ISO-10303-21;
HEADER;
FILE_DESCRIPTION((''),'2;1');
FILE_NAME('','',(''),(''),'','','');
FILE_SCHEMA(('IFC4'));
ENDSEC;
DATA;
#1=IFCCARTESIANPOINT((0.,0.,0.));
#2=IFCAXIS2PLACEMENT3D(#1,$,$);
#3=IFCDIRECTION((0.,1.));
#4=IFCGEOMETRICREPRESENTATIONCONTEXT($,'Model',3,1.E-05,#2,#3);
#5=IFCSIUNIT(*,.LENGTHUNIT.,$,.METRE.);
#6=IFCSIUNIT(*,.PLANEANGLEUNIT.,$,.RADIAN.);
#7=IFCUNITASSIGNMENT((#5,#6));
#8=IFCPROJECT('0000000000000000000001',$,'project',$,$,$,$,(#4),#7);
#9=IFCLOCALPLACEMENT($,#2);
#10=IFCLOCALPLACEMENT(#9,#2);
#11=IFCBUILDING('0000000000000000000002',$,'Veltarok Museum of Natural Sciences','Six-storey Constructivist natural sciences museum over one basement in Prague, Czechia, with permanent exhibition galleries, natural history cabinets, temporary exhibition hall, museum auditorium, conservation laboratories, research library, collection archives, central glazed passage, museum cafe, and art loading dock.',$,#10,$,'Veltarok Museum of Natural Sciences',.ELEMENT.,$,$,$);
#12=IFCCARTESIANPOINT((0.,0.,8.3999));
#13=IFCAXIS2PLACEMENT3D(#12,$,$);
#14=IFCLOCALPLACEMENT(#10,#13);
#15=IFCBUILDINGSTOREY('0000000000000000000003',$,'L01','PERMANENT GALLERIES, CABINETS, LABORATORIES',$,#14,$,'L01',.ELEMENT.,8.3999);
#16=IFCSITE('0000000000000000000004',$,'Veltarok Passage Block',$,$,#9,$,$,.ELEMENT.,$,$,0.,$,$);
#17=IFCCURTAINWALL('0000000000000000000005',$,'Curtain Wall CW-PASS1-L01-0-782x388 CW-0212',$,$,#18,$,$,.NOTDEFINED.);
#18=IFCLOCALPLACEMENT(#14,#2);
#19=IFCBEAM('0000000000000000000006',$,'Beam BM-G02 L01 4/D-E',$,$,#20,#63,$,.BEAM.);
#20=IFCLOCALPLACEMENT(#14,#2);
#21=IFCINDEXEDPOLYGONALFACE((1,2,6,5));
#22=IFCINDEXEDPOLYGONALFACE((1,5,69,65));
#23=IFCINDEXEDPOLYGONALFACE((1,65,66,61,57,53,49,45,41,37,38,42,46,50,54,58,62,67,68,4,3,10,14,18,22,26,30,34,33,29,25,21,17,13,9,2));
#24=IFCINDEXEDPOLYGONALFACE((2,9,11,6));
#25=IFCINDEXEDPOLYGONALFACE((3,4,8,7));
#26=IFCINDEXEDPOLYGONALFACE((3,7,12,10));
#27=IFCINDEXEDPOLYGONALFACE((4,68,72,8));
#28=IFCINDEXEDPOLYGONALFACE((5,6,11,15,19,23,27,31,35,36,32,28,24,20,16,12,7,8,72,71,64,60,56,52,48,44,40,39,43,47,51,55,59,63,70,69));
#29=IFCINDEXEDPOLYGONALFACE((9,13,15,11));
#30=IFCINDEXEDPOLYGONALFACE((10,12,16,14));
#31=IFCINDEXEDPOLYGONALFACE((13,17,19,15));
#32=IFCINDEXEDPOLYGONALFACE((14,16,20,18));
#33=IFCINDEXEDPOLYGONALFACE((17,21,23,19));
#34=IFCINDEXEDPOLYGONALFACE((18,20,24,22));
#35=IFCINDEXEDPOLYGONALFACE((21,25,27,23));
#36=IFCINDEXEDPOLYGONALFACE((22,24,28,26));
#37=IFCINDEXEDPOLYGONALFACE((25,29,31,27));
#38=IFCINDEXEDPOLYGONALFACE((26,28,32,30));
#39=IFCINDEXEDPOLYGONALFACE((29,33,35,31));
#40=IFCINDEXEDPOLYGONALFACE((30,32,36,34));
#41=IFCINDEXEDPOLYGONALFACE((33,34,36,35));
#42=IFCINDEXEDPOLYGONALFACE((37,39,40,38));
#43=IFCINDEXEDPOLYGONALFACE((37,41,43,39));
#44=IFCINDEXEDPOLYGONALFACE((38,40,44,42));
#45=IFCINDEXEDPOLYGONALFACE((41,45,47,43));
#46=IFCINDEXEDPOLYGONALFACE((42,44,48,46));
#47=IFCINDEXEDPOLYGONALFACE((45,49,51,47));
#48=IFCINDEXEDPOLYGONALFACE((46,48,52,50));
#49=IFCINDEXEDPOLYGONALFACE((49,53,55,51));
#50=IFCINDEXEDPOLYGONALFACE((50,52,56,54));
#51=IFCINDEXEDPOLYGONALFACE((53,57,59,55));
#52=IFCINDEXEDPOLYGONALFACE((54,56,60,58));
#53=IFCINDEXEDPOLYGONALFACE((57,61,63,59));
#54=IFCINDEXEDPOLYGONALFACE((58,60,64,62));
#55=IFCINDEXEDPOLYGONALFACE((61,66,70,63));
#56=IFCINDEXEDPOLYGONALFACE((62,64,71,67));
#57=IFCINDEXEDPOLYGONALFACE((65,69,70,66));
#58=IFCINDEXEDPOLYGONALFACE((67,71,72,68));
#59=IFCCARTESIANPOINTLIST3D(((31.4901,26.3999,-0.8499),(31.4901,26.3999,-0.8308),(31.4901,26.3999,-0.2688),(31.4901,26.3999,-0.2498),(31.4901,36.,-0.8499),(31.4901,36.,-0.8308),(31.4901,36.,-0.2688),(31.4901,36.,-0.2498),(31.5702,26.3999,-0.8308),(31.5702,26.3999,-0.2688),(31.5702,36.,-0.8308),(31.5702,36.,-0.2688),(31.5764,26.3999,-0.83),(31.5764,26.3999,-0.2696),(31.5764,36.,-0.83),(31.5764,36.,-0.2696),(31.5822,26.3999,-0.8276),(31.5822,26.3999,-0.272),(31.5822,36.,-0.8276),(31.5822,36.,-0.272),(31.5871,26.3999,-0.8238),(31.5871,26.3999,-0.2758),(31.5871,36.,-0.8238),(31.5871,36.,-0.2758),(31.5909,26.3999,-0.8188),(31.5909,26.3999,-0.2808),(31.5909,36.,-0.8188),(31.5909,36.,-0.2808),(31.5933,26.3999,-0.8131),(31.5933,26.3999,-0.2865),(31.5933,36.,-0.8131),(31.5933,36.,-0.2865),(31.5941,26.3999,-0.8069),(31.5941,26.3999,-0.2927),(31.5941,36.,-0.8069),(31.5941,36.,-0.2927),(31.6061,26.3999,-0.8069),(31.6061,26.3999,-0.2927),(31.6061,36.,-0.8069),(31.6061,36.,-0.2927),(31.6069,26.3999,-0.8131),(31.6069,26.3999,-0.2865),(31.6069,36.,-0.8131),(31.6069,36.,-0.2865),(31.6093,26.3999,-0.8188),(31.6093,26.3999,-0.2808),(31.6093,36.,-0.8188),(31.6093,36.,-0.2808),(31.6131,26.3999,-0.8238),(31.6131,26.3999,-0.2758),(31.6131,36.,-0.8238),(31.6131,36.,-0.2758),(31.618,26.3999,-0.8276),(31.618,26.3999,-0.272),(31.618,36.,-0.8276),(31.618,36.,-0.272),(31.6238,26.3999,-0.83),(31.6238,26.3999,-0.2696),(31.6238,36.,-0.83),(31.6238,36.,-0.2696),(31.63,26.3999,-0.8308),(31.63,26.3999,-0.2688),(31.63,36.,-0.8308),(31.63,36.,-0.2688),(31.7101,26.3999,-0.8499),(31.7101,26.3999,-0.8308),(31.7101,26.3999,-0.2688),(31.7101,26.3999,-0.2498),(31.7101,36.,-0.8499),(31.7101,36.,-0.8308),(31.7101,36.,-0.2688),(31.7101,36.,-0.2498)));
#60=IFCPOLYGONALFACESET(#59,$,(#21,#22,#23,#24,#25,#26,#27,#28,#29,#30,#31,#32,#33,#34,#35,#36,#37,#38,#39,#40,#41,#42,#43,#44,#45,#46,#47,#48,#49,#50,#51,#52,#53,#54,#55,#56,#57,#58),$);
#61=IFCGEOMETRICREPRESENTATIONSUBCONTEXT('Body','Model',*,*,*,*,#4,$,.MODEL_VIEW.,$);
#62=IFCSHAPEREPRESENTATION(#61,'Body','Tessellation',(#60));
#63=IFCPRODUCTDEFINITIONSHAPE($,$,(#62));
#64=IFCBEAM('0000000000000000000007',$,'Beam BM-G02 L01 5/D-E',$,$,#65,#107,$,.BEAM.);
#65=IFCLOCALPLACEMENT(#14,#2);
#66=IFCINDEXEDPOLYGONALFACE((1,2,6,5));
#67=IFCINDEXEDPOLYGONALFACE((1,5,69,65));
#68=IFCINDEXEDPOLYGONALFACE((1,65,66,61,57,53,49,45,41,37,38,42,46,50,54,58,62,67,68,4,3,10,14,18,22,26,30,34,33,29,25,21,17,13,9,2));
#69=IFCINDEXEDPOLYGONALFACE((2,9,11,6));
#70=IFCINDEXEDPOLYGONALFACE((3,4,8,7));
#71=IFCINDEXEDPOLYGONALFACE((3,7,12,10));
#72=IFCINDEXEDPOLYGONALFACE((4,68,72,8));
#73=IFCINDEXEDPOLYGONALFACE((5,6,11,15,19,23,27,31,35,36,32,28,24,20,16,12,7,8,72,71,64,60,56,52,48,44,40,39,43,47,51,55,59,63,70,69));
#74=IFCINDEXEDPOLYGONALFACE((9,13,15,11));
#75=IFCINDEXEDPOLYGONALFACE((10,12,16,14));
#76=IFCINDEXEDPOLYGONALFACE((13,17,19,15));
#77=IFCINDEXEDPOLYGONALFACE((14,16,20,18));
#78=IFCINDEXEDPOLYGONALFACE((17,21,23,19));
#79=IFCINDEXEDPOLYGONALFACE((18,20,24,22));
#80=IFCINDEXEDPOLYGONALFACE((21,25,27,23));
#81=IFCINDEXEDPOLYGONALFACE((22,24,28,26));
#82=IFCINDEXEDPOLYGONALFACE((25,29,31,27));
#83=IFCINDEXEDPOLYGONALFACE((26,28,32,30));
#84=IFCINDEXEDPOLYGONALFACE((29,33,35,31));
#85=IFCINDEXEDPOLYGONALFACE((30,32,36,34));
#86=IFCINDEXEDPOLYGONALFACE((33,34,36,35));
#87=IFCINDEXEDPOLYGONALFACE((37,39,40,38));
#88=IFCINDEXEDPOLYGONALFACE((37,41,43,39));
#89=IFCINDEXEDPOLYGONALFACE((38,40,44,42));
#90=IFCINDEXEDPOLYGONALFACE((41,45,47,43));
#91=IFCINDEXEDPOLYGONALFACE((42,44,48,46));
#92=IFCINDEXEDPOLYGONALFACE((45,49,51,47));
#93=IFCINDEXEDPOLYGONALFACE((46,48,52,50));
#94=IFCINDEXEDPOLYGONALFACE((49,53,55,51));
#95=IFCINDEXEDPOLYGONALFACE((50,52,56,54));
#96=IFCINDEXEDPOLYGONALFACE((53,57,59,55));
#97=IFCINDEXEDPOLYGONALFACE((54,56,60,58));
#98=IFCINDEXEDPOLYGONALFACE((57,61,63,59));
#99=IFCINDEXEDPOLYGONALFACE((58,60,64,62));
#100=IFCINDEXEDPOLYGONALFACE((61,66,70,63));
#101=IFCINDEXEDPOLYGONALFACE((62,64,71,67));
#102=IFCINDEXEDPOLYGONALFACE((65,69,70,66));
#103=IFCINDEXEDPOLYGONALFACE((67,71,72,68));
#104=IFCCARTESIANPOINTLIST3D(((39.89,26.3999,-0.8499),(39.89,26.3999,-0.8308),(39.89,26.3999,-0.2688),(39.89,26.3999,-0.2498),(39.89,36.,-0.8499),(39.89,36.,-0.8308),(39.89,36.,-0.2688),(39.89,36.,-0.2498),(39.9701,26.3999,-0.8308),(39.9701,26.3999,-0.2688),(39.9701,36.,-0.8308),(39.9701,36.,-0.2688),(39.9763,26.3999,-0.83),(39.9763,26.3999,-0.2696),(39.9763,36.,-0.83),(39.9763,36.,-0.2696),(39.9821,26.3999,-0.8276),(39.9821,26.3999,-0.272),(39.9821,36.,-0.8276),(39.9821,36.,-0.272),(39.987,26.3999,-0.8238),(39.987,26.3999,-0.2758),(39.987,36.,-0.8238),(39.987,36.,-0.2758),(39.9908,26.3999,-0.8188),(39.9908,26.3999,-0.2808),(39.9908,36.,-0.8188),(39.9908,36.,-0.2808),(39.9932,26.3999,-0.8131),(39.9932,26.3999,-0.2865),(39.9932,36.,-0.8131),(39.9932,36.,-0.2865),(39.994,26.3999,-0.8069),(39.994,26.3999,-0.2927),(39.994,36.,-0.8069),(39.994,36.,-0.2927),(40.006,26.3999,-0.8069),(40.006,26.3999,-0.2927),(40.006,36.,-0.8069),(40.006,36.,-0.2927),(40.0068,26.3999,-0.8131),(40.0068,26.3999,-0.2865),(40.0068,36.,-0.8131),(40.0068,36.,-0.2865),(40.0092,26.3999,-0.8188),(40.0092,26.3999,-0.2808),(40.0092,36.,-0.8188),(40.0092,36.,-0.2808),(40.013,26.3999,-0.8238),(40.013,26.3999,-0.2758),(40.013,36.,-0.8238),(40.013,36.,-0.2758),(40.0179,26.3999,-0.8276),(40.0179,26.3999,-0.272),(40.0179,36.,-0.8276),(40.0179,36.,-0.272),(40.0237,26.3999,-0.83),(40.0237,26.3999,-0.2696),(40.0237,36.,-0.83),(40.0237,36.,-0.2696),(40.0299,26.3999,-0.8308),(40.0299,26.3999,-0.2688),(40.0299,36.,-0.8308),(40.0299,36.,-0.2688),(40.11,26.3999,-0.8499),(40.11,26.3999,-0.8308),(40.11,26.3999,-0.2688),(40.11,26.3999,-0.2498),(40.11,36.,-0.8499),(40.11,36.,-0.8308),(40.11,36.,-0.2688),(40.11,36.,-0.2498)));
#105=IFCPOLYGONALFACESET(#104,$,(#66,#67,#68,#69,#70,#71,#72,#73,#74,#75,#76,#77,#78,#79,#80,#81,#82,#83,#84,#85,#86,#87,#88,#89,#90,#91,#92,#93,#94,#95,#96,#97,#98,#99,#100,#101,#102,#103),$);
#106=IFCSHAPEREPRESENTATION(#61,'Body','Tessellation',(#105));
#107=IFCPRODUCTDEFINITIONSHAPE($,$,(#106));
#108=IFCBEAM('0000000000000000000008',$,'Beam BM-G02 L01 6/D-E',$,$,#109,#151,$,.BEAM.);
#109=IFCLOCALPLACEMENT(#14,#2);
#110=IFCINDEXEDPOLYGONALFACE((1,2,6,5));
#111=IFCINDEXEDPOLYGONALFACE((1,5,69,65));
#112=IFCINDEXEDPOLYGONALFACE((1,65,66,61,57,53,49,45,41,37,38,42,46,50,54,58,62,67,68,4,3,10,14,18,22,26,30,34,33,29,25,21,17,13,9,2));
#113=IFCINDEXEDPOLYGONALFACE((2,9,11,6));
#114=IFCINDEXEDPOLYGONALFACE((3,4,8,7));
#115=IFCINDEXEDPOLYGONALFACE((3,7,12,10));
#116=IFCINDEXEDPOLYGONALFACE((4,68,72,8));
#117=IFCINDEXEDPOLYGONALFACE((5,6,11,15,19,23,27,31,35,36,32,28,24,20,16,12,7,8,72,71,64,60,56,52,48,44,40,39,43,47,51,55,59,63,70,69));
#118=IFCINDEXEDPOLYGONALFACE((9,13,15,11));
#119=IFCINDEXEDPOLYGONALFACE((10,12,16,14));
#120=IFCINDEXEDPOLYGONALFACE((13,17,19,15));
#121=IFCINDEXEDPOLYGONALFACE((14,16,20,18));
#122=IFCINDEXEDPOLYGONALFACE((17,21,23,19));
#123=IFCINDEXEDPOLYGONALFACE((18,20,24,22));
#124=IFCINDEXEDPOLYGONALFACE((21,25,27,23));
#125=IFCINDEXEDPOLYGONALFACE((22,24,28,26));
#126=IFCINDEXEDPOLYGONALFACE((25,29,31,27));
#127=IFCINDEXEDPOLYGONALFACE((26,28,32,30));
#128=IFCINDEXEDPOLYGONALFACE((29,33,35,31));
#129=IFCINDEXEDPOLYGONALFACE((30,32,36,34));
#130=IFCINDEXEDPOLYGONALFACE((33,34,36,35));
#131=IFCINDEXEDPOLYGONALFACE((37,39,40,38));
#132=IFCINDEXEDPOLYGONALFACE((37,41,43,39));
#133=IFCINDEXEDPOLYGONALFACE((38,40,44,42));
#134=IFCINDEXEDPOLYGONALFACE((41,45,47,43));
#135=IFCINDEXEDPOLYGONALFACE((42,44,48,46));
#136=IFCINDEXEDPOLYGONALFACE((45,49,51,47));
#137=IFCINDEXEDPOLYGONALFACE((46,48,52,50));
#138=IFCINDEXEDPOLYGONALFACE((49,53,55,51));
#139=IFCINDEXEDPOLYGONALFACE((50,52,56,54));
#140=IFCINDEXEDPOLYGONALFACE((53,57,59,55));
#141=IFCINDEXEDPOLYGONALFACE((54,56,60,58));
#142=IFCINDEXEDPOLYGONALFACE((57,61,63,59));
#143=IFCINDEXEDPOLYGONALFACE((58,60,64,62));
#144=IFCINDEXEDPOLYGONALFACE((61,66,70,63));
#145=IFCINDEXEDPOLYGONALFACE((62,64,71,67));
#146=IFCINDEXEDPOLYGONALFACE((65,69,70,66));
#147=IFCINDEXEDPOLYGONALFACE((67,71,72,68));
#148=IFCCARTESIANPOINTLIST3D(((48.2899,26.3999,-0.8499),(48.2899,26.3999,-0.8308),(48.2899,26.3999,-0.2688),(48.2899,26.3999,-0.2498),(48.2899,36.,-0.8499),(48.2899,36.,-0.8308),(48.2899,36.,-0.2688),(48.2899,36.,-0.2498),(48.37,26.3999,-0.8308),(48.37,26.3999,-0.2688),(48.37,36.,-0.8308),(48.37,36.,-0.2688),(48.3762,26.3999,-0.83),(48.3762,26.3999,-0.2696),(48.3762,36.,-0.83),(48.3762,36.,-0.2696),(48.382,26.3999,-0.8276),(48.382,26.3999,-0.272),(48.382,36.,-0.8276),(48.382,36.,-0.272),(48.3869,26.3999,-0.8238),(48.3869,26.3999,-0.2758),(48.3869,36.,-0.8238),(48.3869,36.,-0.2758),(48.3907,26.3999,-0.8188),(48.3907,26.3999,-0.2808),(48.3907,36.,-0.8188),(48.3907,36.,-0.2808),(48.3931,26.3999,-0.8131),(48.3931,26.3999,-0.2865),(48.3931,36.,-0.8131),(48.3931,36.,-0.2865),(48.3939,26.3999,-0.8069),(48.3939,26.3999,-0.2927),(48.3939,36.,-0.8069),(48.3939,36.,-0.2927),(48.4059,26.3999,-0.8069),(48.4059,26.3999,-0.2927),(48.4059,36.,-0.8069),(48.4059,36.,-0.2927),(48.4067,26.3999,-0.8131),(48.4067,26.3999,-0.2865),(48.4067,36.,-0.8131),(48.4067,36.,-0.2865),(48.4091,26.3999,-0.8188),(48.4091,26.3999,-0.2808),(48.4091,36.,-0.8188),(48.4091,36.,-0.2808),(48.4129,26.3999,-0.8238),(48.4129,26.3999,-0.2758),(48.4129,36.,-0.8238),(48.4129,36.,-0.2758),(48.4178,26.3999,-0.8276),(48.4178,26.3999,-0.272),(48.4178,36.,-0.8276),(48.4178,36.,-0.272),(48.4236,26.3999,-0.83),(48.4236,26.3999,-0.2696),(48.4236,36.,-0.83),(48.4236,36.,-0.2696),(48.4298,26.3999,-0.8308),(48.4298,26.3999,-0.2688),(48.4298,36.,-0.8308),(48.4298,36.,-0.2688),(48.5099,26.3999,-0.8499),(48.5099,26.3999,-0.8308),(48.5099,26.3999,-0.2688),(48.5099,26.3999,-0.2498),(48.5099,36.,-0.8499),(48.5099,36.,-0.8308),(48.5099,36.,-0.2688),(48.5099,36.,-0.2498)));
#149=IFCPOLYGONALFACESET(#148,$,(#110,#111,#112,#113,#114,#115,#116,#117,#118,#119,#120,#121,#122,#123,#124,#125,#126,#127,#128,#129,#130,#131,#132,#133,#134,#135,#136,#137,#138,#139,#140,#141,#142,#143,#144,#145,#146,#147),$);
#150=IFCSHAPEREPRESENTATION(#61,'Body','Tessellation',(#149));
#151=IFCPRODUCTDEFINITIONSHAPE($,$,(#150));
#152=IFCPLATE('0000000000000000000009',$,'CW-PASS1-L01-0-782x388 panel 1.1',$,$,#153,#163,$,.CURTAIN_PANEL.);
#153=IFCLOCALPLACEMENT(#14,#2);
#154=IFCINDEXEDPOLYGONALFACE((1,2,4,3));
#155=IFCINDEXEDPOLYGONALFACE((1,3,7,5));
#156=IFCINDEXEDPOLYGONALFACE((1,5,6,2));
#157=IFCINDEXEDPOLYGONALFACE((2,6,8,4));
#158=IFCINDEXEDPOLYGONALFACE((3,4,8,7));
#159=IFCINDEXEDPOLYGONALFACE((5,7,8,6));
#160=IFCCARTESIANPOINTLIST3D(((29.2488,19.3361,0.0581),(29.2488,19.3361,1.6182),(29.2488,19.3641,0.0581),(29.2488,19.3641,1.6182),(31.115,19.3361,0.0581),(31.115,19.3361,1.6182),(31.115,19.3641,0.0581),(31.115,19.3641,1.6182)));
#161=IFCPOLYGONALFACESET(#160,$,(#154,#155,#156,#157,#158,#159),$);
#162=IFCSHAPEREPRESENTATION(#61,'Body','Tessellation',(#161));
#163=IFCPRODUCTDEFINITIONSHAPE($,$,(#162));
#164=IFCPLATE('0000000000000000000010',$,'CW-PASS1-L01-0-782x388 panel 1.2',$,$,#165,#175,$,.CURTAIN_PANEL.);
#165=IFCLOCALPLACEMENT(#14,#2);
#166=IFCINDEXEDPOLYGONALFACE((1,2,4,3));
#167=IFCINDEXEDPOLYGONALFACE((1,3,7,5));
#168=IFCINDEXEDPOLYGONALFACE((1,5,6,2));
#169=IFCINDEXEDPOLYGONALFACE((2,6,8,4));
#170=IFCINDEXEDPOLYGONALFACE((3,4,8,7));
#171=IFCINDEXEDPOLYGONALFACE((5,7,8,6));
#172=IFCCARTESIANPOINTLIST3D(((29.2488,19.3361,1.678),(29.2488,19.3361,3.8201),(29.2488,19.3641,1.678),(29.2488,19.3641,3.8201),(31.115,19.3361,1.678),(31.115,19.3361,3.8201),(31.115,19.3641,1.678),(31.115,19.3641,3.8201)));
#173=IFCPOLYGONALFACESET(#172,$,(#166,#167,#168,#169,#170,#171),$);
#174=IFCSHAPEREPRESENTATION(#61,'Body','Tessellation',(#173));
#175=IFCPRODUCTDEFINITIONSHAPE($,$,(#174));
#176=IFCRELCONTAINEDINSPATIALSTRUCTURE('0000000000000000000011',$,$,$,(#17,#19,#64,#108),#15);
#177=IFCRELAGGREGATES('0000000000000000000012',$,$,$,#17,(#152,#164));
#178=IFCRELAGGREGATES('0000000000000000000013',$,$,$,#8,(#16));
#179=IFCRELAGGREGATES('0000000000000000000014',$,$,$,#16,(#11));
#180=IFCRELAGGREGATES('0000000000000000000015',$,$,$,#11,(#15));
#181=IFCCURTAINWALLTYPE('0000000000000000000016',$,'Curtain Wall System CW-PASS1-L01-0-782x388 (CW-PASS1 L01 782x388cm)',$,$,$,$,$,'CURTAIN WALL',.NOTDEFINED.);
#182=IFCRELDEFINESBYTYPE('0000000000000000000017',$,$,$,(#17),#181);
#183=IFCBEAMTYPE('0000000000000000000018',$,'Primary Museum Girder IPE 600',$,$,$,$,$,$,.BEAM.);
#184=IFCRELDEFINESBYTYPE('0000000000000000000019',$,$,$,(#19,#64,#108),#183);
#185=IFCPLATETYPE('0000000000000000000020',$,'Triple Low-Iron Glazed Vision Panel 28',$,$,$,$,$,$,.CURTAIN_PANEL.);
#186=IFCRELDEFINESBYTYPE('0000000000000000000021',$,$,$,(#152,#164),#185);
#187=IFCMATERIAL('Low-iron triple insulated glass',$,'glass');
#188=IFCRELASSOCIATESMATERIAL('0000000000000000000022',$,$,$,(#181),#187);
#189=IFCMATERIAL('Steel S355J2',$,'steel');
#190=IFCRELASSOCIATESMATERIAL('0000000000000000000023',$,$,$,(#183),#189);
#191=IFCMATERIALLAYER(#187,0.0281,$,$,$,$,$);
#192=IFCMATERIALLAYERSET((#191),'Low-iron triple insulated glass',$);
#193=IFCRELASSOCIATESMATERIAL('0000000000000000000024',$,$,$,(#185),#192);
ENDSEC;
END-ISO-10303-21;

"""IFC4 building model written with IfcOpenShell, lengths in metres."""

from ifc_helpers import new_model, si_unit, direction, frame, origin, origin_2d, place, context, subcontext, project, spatial, rectangle, i_section, extrude, material, layer, layer_set, material_profile, profile_set, type_object, element, aggregate, save


model = new_model("IFC4")

# Units and contexts
model_context = context("Model", 3, precision=1e-05, world=origin(), true_north=direction((0.0, 1.0)))
body_context = subcontext(model_context, "Body", "Model", "MODEL_VIEW")
ifc_project = project(units=[si_unit("LENGTHUNIT", "METRE"), si_unit("PLANEANGLEUNIT", "RADIAN")], contexts=[model_context])

# Site, building, storey
site_placement = place(None, origin())
site = spatial("IfcSite", under=ifc_project, at=site_placement, Name="Veltarok Passage Block", CompositionType="ELEMENT", RefElevation=0.0)
building_placement = place(site_placement, origin())
building = spatial("IfcBuilding", under=site, at=building_placement, Name="Veltarok Museum of Natural Sciences", Description="Six-storey Constructivist natural sciences museum over one basement in Prague, Czechia, with permanent exhibition galleries, natural history cabinets, temporary exhibition hall, museum auditorium, conservation laboratories, research library, collection archives, central glazed passage, museum cafe, and art loading dock.", LongName="Veltarok Museum of Natural Sciences", CompositionType="ELEMENT")
storey_placement = place(building_placement, frame((0.0, 0.0, 8.3999)))
storey = spatial("IfcBuildingStorey", under=building, at=storey_placement, Name="L01", Description="PERMANENT GALLERIES, CABINETS, LABORATORIES", LongName="L01", CompositionType="ELEMENT", Elevation=8.3999)

# Shared definitions
ifc_material_1 = material(Name="Steel S355J2", Category="steel")

# Curtain wall
ifc_material_2 = material(Name="Low-iron triple insulated glass", Category="glass")
curtain_wall_type = type_object("IfcCurtainWallType", Name="Curtain Wall System CW-PASS1-L01-0-782x388 (CW-PASS1 L01 782x388cm)", ElementType="CURTAIN WALL", PredefinedType="NOTDEFINED", material=ifc_material_2)
curtain_wall_placement = place(storey_placement, origin())
curtain_wall = element("IfcCurtainWall", 1, at=curtain_wall_placement, inside=storey, type_object=curtain_wall_type, Name="Curtain Wall CW-PASS1-L01-0-782x388 CW-0212", PredefinedType="NOTDEFINED")

# Beams
ifc_material_profile_1 = material_profile(ifc_material_1, i_section(OverallWidth=0.22, OverallDepth=0.6001, WebThickness=0.012, FlangeThickness=0.019, FilletRadius=0.0239, at=origin_2d()), Name="IPE 600")
ifc_profile_set_1 = profile_set([ifc_material_profile_1], Name="Steel S355J2")
beam_type_1 = type_object("IfcBeamType", Name="Primary Museum Girder IPE 600", PredefinedType="BEAM", material=ifc_profile_set_1)
for number, where, z_axis, x_axis, name in (
    (2, (31.6001, 26.3999, -0.5498), (0.0, 1.0, 0.0), (-1.0, 0.0, 0.0), "Beam BM-G02 L01 4/D-E"),
    (3, (40.0, 26.3999, -0.5498), (0.0, 1.0, 0.0), (-1.0, 0.0, 0.0), "Beam BM-G02 L01 5/D-E"),
    (4, (48.3999, 26.3999, -0.5498), (0.0, 1.0, 0.0), (-1.0, 0.0, 0.0), "Beam BM-G02 L01 6/D-E"),
):
    element("IfcBeam", number, at=place(storey_placement, frame(where, z_axis=z_axis, x_axis=x_axis)), inside=storey, type_object=beam_type_1, Name=name, PredefinedType="BEAM", context=body_context, shape_type="SweptSolid", body=[
        extrude(i_section(OverallWidth=0.22, OverallDepth=0.6001, WebThickness=0.012, FlangeThickness=0.019, FilletRadius=0.0239, at=origin_2d()), origin(), (0.0, 0.0, 1.0), 9.6001),
    ])

# Plates
ifc_layer = layer(ifc_material_2, 0.0281)
ifc_layer_set = layer_set([ifc_layer], Name="Low-iron triple insulated glass")
plate_type = type_object("IfcPlateType", Name="Triple Low-Iron Glazed Vision Panel 28", PredefinedType="CURTAIN_PANEL", material=ifc_layer_set)
plate_1_placement = place(storey_placement, frame((30.1819, 19.3501, 0.0581), z_axis=(0.0, 0.0, 1.0), x_axis=(-1.0, 0.0, 0.0)))
plate_1 = element("IfcPlate", 5, at=plate_1_placement, type_object=plate_type, Name="CW-PASS1-L01-0-782x388 panel 1.1", PredefinedType="CURTAIN_PANEL", context=body_context, shape_type="SweptSolid", body=[
    extrude(rectangle(XDim=1.8662, YDim=0.0281, at=origin_2d()), origin(), (0.0, 0.0, 1.0), 1.5601),
])
plate_2_placement = place(storey_placement, frame((30.1819, 19.3501, 1.678), z_axis=(0.0, 0.0, 1.0), x_axis=(-1.0, 0.0, 0.0)))
plate_2 = element("IfcPlate", 6, at=plate_2_placement, type_object=plate_type, Name="CW-PASS1-L01-0-782x388 panel 1.2", PredefinedType="CURTAIN_PANEL", context=body_context, shape_type="SweptSolid", body=[
    extrude(rectangle(XDim=1.8662, YDim=0.0281, at=origin_2d()), origin(), (0.0, 0.0, 1.0), 2.1421),
])
aggregate(curtain_wall, [plate_1, plate_2])

save(model, "model.ifc")
